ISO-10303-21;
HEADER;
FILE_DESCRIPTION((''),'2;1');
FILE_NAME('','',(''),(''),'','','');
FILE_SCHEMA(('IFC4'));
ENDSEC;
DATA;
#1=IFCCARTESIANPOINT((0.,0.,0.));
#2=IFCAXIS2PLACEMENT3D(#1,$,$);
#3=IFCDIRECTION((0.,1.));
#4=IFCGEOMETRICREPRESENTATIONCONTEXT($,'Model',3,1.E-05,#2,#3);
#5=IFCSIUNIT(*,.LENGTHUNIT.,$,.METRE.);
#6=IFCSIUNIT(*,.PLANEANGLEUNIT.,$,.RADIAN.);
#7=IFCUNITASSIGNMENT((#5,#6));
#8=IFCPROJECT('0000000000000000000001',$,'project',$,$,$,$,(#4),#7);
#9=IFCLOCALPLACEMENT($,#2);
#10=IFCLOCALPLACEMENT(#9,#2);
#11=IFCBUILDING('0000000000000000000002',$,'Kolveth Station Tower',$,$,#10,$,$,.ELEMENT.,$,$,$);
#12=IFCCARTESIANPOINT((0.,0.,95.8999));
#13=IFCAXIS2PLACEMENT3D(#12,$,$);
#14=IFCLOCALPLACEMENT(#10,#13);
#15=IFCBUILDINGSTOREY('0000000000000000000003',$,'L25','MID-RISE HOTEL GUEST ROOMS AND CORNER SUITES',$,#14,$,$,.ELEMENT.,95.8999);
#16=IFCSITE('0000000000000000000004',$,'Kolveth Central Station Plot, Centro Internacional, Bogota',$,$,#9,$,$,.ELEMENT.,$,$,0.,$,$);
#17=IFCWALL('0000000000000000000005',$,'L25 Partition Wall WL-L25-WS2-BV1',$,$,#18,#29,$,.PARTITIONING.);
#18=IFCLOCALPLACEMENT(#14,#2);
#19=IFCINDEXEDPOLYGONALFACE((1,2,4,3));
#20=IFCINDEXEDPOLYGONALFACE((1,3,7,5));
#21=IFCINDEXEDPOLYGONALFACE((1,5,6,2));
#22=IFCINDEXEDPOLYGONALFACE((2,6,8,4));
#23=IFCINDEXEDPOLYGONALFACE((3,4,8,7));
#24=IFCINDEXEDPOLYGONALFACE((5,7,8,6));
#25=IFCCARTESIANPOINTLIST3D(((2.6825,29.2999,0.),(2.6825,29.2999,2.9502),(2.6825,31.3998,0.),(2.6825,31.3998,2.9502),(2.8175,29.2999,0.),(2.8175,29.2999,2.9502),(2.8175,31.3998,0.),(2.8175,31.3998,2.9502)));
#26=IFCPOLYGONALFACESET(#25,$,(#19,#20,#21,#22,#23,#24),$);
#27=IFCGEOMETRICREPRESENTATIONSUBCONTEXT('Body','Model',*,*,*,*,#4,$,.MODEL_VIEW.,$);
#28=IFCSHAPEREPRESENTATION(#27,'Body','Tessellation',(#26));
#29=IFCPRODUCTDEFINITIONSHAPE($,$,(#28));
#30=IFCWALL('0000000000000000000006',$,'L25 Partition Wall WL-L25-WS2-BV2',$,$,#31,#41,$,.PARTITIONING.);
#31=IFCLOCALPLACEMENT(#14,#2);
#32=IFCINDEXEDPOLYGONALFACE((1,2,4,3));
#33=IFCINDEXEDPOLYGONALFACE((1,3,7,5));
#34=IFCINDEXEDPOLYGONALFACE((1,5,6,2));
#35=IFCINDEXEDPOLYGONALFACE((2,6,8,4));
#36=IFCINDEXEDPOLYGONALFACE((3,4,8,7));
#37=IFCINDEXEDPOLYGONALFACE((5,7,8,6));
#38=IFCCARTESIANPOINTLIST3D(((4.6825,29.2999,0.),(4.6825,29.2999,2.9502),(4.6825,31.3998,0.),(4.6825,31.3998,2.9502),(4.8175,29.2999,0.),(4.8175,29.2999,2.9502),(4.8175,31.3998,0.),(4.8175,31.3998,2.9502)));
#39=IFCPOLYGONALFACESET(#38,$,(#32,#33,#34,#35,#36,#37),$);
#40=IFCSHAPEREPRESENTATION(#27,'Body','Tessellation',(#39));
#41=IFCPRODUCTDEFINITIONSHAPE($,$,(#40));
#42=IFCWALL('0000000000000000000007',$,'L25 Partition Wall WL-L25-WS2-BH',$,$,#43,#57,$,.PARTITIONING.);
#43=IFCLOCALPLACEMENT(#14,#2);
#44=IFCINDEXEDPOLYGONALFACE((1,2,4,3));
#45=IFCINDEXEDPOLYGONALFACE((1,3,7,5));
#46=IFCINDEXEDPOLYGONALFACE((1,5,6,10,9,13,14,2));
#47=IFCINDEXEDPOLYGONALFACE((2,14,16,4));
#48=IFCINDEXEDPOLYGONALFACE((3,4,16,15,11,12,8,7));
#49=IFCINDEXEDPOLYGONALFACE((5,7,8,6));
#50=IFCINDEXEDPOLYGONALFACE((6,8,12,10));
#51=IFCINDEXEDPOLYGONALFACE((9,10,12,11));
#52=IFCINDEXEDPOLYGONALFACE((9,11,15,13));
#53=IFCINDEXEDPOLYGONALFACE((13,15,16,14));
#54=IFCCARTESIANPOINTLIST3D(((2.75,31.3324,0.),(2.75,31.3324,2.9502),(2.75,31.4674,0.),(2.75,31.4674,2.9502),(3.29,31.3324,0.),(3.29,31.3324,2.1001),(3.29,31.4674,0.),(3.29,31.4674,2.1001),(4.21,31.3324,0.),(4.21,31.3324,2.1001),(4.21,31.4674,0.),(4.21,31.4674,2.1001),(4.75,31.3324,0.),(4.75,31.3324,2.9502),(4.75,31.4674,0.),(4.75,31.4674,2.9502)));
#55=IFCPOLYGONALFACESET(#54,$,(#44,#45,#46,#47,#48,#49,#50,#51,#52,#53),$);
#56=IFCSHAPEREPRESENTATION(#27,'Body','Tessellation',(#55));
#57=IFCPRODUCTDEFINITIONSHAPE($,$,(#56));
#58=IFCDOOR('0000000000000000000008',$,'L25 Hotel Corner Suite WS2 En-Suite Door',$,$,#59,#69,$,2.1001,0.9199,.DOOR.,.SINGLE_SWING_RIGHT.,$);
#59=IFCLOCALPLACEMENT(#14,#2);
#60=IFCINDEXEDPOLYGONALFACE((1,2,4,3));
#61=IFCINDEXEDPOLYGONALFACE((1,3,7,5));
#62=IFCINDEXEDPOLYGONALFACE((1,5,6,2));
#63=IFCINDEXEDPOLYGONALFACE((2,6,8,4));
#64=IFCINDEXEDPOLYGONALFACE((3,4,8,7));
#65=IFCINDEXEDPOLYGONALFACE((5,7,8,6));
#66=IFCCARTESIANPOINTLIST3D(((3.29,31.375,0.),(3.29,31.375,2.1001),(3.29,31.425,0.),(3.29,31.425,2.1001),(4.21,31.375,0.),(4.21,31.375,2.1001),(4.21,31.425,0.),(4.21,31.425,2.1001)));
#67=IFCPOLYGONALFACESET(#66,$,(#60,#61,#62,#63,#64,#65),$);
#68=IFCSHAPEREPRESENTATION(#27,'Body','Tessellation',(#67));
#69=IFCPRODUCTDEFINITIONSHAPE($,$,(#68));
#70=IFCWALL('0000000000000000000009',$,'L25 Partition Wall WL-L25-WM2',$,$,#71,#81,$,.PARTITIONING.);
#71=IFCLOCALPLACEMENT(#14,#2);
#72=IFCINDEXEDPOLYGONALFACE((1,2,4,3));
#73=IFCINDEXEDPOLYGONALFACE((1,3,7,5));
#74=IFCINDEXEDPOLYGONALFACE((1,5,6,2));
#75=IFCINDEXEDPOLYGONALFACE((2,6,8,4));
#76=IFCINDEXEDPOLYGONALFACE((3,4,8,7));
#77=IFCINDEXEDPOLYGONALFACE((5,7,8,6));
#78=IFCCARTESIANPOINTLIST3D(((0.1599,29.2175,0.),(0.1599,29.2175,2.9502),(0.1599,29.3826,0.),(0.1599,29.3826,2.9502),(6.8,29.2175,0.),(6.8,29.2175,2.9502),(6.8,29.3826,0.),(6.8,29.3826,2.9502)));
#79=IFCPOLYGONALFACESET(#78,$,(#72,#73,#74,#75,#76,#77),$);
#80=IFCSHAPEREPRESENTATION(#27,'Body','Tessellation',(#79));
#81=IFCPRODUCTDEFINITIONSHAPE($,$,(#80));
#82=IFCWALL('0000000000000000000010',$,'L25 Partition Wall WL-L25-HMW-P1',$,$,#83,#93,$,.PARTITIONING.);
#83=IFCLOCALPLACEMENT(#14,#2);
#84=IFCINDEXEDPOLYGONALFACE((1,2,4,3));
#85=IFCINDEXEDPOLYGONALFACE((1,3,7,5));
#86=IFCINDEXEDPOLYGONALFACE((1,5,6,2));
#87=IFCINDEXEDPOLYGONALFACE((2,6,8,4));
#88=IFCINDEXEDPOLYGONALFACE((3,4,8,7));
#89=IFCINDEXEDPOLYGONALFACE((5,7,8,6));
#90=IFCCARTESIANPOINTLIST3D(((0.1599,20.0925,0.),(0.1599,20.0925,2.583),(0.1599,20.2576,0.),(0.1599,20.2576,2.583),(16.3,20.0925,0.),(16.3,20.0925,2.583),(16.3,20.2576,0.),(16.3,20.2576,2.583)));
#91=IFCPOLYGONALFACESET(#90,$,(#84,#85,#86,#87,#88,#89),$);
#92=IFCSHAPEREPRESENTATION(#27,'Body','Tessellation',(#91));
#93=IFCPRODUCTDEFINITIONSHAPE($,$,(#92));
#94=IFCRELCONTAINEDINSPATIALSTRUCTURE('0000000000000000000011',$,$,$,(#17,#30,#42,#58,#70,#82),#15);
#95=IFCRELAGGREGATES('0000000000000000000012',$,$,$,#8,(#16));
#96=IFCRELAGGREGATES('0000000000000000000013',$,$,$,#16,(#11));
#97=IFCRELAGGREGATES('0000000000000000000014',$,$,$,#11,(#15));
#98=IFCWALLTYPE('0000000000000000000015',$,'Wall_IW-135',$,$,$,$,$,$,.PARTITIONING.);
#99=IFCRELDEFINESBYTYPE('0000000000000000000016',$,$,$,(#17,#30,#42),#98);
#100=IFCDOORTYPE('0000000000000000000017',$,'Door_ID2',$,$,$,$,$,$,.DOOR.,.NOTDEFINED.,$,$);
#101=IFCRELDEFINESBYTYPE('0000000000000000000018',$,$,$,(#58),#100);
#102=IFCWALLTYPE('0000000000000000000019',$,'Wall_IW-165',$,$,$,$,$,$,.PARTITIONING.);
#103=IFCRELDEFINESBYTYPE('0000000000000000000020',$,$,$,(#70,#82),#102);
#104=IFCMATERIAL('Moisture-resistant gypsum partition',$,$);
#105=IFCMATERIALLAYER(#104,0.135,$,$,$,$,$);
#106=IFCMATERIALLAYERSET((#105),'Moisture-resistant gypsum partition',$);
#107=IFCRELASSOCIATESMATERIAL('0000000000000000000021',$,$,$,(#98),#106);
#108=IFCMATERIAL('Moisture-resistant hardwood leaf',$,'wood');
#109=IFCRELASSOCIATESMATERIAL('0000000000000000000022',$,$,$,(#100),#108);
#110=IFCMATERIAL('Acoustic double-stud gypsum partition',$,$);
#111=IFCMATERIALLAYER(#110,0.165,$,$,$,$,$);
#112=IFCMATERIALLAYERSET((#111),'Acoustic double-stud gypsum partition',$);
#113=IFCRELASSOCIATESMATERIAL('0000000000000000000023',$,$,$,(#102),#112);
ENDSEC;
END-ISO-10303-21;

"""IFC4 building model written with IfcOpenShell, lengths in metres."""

from ifc_helpers import new_model, si_unit, direction, frame, frame_2d, origin, place, context, subcontext, project, spatial, rectangle, extrude, material, layer, layer_set, type_object, element, fill, save


model = new_model("IFC4")

# Units and contexts
model_context = context("Model", 3, precision=1e-05, world=origin(), true_north=direction((0.0, 1.0)))
body_context = subcontext(model_context, "Body", "Model", "MODEL_VIEW")
ifc_project = project(units=[si_unit("LENGTHUNIT", "METRE"), si_unit("PLANEANGLEUNIT", "RADIAN")], contexts=[model_context])

# Site, building, storey
site_placement = place(None, origin())
site = spatial("IfcSite", under=ifc_project, at=site_placement, Name="Kolveth Central Station Plot, Centro Internacional, Bogota", CompositionType="ELEMENT", RefElevation=0.0)
building_placement = place(site_placement, origin())
building = spatial("IfcBuilding", under=site, at=building_placement, Name="Kolveth Station Tower", CompositionType="ELEMENT")
storey_placement = place(building_placement, frame((0.0, 0.0, 95.8999)))
storey = spatial("IfcBuildingStorey", under=building, at=storey_placement, Name="L25", Description="MID-RISE HOTEL GUEST ROOMS AND CORNER SUITES", CompositionType="ELEMENT", Elevation=95.8999)

# Walls
ifc_material_1 = material(Name="Moisture-resistant gypsum partition")
ifc_layer_1 = layer(ifc_material_1, 0.135)
ifc_layer_set_1 = layer_set([ifc_layer_1], Name="Moisture-resistant gypsum partition")
wall_type_1 = type_object("IfcWallType", Name="Wall_IW-135", PredefinedType="PARTITIONING", material=ifc_layer_set_1)
for number, where, z_axis, x_axis, name in (
    (1, (2.75, 29.3, 0.0), (0.0, 0.0, 1.0), (0.0, 1.0, 0.0), "L25 Partition Wall WL-L25-WS2-BV1"),
    (2, (4.75, 29.3, 0.0), (0.0, 0.0, 1.0), (0.0, 1.0, 0.0), "L25 Partition Wall WL-L25-WS2-BV2"),
):
    element("IfcWall", number, at=place(storey_placement, frame(where, z_axis=z_axis, x_axis=x_axis)), inside=storey, type_object=wall_type_1, Name=name, PredefinedType="PARTITIONING", context=body_context, shape_type="SweptSolid", body=[
        extrude(rectangle(XDim=2.0999, YDim=0.135, at=frame_2d((1.0498, 0.0))), origin(), (0.0, 0.0, 1.0), 2.9502),
    ])

# Wall, opening, door
wall_1_placement = place(storey_placement, frame((2.75, 31.3999, 0.0), z_axis=(0.0, 0.0, 1.0), x_axis=(1.0, 0.0, 0.0)))
wall_1 = element("IfcWall", 3, at=wall_1_placement, inside=storey, type_object=wall_type_1, Name="L25 Partition Wall WL-L25-WS2-BH", PredefinedType="PARTITIONING", context=body_context, shape_type="SweptSolid", body=[
    extrude(rectangle(XDim=2.0, YDim=0.135, at=frame_2d((1.0, 0.0))), origin(), (0.0, 0.0, 1.0), 2.9502),
])
opening_placement = place(wall_1_placement, frame((0.54, 0.0, 0.0)))
opening = element("IfcOpeningElement", 4, at=opening_placement, cuts=wall_1, PredefinedType="OPENING", context=body_context, shape_type="SweptSolid", body=[
    extrude(rectangle(XDim=0.9199, YDim=2.1001, at=frame_2d((0.46, 1.05))), frame((0.0, 0.0774, 0.0), z_axis=(0.0, -1.0, 0.0), x_axis=(1.0, 0.0, 0.0)), (0.0, 0.0, 1.0), 0.155),
])
ifc_material_2 = material(Name="Moisture-resistant hardwood leaf", Category="wood")
door_type = type_object("IfcDoorType", Name="Door_ID2", OperationType="NOTDEFINED", PredefinedType="DOOR", material=ifc_material_2)
door_placement = place(opening_placement, frame((0.9199, 0.0, 0.0), z_axis=(0.0, 0.0, 1.0), x_axis=(-1.0, 0.0, 0.0)))
door = element("IfcDoor", 5, at=door_placement, inside=storey, type_object=door_type, Name="L25 Hotel Corner Suite WS2 En-Suite Door", OperationType="SINGLE_SWING_RIGHT", OverallHeight=2.1001, OverallWidth=0.9199, PredefinedType="DOOR", context=body_context, shape_type="SweptSolid", body=[
    extrude(rectangle(XDim=0.9199, YDim=2.1001, at=frame_2d((0.46, 1.05))), frame((0.0, 0.0249, 0.0), z_axis=(0.0, -1.0, 0.0), x_axis=(1.0, 0.0, 0.0)), (0.0, 0.0, 1.0), 0.05),
])
fill(opening, door)

# Walls
ifc_material_3 = material(Name="Acoustic double-stud gypsum partition")
ifc_layer_2 = layer(ifc_material_3, 0.165)
ifc_layer_set_2 = layer_set([ifc_layer_2], Name="Acoustic double-stud gypsum partition")
wall_type_2 = type_object("IfcWallType", Name="Wall_IW-165", PredefinedType="PARTITIONING", material=ifc_layer_set_2)
wall_2_placement = place(storey_placement, frame((0.1599, 29.3, 0.0), z_axis=(0.0, 0.0, 1.0), x_axis=(1.0, 0.0, 0.0)))
element("IfcWall", 6, at=wall_2_placement, inside=storey, type_object=wall_type_2, Name="L25 Partition Wall WL-L25-WM2", PredefinedType="PARTITIONING", context=body_context, shape_type="SweptSolid", body=[
    extrude(rectangle(XDim=6.6401, YDim=0.165, at=frame_2d((3.3201, 0.0))), origin(), (0.0, 0.0, 1.0), 2.9502),
])
wall_3_placement = place(storey_placement, frame((0.1599, 20.175, 0.0), z_axis=(0.0, 0.0, 1.0), x_axis=(1.0, 0.0, 0.0)))
element("IfcWall", 7, at=wall_3_placement, inside=storey, type_object=wall_type_2, Name="L25 Partition Wall WL-L25-HMW-P1", PredefinedType="PARTITIONING", context=body_context, shape_type="SweptSolid", body=[
    extrude(rectangle(XDim=16.1401, YDim=0.165, at=frame_2d((8.0701, 0.0))), origin(), (0.0, 0.0, 1.0), 2.583),
])

save(model, "model.ifc")
